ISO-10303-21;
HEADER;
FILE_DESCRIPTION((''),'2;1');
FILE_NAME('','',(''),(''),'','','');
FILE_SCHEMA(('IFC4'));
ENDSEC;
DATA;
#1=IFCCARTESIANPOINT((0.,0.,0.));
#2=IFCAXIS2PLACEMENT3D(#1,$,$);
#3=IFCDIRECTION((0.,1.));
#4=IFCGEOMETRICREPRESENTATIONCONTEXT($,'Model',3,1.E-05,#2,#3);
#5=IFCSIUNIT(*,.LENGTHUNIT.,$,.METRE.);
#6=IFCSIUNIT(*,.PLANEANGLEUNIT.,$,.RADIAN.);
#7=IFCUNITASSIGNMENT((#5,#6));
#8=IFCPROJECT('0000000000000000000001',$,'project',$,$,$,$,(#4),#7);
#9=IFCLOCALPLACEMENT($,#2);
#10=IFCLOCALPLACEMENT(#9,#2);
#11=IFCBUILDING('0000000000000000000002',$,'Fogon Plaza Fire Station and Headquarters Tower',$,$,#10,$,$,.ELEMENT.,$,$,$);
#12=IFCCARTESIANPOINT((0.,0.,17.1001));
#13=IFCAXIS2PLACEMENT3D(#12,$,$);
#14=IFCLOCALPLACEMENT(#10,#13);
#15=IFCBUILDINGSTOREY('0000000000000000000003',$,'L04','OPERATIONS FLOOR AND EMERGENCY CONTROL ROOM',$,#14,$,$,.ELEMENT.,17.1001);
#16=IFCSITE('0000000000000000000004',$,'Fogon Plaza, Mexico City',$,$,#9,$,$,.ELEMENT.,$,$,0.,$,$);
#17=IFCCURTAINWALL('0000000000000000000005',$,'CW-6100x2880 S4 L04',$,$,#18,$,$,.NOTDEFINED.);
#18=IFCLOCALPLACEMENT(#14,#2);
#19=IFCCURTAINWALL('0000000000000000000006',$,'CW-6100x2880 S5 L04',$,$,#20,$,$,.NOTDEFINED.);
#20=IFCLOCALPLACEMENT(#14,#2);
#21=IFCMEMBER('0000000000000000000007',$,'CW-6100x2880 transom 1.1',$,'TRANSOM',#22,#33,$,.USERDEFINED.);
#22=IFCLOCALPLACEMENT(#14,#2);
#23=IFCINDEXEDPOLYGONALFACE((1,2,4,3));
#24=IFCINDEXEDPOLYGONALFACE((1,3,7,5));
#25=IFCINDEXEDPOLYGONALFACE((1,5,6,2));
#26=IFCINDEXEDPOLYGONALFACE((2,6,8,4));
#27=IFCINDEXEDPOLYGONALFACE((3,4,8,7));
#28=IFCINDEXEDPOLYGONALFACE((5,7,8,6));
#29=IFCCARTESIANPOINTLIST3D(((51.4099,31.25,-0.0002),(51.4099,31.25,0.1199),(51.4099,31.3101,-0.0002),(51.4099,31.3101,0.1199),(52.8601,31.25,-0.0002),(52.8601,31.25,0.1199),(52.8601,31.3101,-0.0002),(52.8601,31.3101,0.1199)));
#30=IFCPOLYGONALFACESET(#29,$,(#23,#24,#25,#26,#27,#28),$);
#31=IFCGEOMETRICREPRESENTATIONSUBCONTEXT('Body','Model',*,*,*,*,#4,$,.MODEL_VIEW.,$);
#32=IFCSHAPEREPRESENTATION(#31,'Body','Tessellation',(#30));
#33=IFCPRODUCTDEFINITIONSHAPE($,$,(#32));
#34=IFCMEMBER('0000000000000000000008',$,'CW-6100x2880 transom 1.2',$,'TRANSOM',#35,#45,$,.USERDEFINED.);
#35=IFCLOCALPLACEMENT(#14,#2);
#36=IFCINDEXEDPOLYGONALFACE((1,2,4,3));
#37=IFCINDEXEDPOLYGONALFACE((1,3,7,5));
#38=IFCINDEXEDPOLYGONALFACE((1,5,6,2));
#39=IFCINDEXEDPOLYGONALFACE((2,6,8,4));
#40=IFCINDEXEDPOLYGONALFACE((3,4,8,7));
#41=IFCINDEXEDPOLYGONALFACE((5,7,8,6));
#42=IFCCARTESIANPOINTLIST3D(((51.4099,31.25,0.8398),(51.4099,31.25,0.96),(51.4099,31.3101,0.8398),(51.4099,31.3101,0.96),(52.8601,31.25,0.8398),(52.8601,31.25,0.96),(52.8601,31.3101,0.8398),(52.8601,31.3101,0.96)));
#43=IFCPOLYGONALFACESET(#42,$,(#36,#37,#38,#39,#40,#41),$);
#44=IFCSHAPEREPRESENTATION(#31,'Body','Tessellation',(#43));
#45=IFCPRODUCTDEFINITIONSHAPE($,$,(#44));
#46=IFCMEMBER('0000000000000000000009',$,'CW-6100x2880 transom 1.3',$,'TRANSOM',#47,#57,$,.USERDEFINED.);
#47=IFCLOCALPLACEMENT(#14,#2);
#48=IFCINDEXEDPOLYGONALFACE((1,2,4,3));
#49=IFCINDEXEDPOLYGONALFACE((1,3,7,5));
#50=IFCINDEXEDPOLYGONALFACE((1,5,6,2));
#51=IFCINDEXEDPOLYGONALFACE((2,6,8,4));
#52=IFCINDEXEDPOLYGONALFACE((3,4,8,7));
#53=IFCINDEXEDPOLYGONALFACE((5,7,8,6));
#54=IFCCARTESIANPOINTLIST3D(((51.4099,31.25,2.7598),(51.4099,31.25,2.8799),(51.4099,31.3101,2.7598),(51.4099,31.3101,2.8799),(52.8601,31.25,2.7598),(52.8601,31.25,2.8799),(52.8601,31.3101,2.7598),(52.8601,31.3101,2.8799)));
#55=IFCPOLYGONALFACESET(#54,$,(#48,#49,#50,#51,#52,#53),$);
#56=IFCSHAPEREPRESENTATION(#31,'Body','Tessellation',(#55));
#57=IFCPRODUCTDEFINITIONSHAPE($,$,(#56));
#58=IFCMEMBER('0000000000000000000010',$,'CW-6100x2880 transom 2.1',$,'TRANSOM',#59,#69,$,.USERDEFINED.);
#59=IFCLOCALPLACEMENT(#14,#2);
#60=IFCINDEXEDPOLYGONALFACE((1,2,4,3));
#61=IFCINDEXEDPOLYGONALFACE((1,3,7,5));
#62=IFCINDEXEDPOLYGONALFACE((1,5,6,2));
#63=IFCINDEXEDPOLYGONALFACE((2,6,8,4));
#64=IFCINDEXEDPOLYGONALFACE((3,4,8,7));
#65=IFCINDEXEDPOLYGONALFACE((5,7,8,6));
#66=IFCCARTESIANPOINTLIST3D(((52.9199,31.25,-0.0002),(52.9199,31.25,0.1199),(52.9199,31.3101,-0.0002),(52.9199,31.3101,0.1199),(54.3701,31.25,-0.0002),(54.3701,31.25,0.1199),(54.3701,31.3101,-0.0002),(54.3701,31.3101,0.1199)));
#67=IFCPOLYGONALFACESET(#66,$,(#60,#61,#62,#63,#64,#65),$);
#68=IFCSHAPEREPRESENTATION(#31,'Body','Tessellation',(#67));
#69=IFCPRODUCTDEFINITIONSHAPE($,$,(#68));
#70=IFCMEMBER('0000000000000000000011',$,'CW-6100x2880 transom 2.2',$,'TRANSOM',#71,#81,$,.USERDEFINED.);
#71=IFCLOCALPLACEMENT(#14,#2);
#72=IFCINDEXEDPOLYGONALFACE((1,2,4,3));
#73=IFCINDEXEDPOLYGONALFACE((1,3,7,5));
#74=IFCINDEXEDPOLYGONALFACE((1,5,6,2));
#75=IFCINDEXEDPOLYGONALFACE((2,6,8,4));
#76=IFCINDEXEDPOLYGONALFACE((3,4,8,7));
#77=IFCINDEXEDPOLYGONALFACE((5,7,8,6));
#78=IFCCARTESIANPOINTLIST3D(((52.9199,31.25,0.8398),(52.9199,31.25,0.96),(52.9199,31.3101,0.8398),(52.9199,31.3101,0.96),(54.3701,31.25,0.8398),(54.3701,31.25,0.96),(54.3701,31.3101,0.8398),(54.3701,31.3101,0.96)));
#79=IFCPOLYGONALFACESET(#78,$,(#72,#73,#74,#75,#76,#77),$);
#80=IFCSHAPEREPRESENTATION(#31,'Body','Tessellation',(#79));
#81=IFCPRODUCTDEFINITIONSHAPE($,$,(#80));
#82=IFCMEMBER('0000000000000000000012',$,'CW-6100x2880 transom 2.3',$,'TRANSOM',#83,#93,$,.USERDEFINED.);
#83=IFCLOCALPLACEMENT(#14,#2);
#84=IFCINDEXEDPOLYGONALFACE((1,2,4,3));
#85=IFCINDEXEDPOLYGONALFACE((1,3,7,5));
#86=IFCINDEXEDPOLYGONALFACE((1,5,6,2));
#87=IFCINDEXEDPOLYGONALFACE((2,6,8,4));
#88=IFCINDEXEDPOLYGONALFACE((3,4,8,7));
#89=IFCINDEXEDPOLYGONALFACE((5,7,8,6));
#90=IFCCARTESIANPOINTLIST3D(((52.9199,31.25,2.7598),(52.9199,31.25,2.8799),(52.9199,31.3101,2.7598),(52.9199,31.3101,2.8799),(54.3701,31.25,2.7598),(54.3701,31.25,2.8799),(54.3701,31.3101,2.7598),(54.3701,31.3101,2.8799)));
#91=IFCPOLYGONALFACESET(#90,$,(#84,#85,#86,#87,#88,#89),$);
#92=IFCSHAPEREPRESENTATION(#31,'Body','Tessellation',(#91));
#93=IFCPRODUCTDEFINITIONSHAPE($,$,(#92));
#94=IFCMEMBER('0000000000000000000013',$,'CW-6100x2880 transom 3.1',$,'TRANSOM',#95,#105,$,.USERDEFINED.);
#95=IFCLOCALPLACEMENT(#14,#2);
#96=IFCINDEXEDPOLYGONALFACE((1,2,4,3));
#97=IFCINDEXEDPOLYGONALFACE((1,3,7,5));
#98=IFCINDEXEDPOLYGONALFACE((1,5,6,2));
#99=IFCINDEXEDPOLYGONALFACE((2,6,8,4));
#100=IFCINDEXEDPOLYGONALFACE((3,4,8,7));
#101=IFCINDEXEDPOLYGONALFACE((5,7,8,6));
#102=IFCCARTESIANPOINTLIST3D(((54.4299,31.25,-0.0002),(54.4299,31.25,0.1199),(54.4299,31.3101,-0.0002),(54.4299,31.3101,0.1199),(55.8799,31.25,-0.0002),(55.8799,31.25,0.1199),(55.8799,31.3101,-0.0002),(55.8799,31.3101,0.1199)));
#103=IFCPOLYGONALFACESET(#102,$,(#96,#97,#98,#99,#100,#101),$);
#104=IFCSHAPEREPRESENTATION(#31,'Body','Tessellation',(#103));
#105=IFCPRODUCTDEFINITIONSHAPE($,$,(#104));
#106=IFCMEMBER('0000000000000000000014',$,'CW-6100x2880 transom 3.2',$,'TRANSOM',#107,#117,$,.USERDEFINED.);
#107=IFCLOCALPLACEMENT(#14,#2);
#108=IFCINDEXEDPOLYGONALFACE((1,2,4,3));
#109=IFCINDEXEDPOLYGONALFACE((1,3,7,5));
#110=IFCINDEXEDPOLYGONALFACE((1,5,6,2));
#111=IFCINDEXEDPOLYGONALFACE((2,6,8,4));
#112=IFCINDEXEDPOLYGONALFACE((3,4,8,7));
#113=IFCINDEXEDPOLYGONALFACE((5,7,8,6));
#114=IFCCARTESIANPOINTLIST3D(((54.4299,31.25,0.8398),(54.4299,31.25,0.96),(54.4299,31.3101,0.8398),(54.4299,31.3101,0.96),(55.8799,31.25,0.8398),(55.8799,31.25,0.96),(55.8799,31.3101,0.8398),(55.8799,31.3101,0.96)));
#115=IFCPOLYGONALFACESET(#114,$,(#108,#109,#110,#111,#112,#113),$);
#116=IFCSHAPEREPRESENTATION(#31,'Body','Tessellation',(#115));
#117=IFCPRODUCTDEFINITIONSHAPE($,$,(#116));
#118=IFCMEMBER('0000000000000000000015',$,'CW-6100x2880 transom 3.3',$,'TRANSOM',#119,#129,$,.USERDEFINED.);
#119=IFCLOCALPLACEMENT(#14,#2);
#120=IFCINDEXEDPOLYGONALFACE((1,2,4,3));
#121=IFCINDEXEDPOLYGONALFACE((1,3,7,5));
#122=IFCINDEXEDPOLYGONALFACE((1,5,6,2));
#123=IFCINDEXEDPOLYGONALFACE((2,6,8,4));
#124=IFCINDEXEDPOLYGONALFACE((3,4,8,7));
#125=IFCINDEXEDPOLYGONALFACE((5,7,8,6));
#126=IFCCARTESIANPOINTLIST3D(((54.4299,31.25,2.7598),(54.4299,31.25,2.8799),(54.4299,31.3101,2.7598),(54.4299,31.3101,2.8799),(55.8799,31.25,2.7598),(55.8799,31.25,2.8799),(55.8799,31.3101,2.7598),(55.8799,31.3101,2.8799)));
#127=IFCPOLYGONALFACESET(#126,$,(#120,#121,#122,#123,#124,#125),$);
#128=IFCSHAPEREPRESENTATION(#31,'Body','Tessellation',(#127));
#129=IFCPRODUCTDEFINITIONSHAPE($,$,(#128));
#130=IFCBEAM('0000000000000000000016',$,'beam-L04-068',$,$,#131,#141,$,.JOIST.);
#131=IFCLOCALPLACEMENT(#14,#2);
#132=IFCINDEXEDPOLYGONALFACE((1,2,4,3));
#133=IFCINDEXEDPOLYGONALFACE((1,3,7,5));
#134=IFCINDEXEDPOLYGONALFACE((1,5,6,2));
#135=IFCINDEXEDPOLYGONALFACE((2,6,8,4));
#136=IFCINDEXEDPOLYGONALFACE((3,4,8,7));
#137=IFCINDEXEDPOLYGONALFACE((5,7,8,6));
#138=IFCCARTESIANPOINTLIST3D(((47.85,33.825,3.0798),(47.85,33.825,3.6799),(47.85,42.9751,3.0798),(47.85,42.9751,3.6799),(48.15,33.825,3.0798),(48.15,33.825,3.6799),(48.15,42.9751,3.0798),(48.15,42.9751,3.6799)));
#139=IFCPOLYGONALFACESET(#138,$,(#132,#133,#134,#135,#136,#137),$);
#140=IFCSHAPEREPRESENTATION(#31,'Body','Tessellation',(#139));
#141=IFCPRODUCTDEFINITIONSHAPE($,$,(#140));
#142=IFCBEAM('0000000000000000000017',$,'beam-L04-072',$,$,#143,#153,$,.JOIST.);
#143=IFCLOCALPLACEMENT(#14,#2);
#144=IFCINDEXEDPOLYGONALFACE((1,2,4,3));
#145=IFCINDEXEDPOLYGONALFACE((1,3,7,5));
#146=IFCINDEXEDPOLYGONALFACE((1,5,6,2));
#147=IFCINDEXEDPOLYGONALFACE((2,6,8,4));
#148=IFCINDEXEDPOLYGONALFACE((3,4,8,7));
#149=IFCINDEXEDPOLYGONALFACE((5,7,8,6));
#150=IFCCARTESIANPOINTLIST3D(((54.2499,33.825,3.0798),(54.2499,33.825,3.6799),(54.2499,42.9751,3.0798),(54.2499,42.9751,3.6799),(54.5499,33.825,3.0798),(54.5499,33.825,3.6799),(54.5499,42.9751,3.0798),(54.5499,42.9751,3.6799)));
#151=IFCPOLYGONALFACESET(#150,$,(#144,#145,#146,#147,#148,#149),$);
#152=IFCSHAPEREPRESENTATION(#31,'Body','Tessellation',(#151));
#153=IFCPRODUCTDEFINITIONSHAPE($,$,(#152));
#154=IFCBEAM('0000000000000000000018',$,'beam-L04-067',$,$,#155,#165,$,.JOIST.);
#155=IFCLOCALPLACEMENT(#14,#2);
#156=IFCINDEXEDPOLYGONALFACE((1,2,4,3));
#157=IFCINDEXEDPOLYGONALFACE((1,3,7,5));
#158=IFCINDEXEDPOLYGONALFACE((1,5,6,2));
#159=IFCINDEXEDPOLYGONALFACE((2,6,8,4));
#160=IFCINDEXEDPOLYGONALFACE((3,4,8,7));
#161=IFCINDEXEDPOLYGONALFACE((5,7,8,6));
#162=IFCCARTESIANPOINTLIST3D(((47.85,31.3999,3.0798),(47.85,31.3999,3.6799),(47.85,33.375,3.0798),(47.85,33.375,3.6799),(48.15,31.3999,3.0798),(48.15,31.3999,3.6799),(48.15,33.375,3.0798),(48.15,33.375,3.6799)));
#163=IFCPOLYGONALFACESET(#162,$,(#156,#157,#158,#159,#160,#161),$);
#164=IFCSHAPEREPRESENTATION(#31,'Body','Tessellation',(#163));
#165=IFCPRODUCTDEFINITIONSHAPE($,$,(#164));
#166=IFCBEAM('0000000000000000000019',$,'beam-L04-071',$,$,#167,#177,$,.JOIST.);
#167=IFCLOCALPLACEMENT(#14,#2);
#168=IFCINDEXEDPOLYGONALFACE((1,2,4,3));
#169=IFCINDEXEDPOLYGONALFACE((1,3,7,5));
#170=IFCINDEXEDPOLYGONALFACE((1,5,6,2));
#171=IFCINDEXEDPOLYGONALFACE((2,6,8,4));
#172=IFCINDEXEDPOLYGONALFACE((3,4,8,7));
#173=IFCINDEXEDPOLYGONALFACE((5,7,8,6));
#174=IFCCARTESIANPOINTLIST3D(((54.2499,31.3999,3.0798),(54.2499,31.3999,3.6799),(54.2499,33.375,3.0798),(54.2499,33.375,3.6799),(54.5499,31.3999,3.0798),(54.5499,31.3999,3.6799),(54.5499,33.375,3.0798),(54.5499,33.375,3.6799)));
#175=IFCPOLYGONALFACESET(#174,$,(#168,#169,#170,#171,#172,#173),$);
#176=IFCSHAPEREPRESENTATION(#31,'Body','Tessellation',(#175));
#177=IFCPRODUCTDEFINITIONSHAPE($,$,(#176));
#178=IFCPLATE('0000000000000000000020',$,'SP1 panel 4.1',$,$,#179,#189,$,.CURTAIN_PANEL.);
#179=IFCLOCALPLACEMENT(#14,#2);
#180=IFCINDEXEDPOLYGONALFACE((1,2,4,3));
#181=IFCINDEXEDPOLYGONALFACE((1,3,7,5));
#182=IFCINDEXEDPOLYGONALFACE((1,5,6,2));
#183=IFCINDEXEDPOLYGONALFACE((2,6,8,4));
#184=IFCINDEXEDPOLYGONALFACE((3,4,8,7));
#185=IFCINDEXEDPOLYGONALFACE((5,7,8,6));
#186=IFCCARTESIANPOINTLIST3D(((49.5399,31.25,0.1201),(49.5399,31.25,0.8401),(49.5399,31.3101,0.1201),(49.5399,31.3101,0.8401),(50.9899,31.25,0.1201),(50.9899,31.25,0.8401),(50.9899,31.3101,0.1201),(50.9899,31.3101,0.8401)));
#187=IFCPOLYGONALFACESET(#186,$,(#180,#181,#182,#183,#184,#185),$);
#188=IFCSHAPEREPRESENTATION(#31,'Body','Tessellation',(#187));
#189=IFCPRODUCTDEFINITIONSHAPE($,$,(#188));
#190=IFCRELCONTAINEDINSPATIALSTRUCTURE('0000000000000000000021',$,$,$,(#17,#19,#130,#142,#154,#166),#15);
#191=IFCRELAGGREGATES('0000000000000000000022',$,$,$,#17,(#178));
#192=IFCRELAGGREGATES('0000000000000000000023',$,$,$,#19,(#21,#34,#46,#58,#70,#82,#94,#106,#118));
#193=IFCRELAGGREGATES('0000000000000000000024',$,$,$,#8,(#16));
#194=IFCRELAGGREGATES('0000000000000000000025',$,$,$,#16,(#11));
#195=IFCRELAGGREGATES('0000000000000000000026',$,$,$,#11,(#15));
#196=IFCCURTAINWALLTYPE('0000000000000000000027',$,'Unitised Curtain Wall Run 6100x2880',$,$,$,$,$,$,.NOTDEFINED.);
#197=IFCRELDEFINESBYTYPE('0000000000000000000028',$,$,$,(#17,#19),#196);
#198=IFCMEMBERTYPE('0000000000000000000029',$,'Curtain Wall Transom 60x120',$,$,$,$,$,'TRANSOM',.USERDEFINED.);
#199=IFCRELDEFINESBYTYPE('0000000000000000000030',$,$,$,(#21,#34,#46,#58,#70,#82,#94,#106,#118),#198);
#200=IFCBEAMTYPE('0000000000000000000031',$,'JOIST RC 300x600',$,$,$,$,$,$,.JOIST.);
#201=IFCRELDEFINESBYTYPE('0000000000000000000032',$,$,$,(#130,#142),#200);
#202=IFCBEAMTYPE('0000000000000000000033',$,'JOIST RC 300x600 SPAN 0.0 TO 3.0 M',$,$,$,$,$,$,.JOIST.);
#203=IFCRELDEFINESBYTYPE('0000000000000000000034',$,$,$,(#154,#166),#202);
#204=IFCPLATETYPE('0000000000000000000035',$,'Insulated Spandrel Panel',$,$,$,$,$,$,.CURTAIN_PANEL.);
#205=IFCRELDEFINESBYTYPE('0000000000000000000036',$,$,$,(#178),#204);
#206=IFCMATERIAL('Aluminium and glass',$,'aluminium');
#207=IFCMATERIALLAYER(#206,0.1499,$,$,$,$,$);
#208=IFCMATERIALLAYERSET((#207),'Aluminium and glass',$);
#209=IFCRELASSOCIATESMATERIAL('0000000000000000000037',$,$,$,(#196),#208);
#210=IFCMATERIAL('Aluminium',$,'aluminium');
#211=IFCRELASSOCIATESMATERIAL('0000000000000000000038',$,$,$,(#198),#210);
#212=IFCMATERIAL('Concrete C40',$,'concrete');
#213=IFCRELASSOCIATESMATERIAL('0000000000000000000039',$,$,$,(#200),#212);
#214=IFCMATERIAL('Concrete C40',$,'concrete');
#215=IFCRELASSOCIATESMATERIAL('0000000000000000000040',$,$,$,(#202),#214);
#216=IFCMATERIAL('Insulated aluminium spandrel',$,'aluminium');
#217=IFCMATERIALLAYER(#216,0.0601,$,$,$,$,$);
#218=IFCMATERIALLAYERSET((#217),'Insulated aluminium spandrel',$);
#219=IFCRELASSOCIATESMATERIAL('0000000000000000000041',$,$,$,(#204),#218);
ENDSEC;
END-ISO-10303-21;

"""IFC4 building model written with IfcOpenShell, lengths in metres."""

from ifc_helpers import new_model, si_unit, direction, frame, origin, origin_2d, place, context, subcontext, project, spatial, rectangle, extrude, material, layer, layer_set, material_profile, profile_set, type_object, element, aggregate, save


model = new_model("IFC4")

# Units and contexts
model_context = context("Model", 3, precision=1e-05, world=origin(), true_north=direction((0.0, 1.0)))
body_context = subcontext(model_context, "Body", "Model", "MODEL_VIEW")
ifc_project = project(units=[si_unit("LENGTHUNIT", "METRE"), si_unit("PLANEANGLEUNIT", "RADIAN")], contexts=[model_context])

# Site, building, storey
site_placement = place(None, origin())
site = spatial("IfcSite", under=ifc_project, at=site_placement, Name="Fogon Plaza, Mexico City", CompositionType="ELEMENT", RefElevation=0.0)
building_placement = place(site_placement, origin())
building = spatial("IfcBuilding", under=site, at=building_placement, Name="Fogon Plaza Fire Station and Headquarters Tower", CompositionType="ELEMENT")
storey_placement = place(building_placement, frame((0.0, 0.0, 17.1001)))
storey = spatial("IfcBuildingStorey", under=building, at=storey_placement, Name="L04", Description="OPERATIONS FLOOR AND EMERGENCY CONTROL ROOM", CompositionType="ELEMENT", Elevation=17.1001)

# Curtain walls
ifc_material_1 = material(Name="Aluminium and glass", Category="aluminium")
ifc_layer_1 = layer(ifc_material_1, 0.1499)
ifc_layer_set_1 = layer_set([ifc_layer_1], Name="Aluminium and glass")
curtain_wall_type = type_object("IfcCurtainWallType", Name="Unitised Curtain Wall Run 6100x2880", PredefinedType="NOTDEFINED", material=ifc_layer_set_1)
curtain_wall_1_placement = place(storey_placement, origin())
curtain_wall_1 = element("IfcCurtainWall", 1, at=curtain_wall_1_placement, inside=storey, type_object=curtain_wall_type, Name="CW-6100x2880 S4 L04", PredefinedType="NOTDEFINED")
curtain_wall_2_placement = place(storey_placement, origin())
curtain_wall_2 = element("IfcCurtainWall", 2, at=curtain_wall_2_placement, inside=storey, type_object=curtain_wall_type, Name="CW-6100x2880 S5 L04", PredefinedType="NOTDEFINED")

# Members
ifc_material_2 = material(Name="Aluminium", Category="aluminium")
ifc_material_profile_1 = material_profile(ifc_material_2, rectangle(XDim=0.0601, YDim=0.1201, at=origin_2d()), Name="Curtain Wall Transom 60x120")
ifc_profile_set_1 = profile_set([ifc_material_profile_1], Name="Aluminium")
member_type_1 = type_object("IfcMemberType", Name="Curtain Wall Transom 60x120", ElementType="TRANSOM", PredefinedType="USERDEFINED", material=ifc_profile_set_1)
member_1_placement = place(storey_placement, frame((51.4099, 31.28, 0.0598), z_axis=(1.0, 0.0, 0.0), x_axis=(0.0, 1.0, 0.0)))
member_1 = element("IfcMember", 3, at=member_1_placement, type_object=member_type_1, Name="CW-6100x2880 transom 1.1", ObjectType="TRANSOM", PredefinedType="USERDEFINED", context=body_context, shape_type="SweptSolid", body=[
    extrude(rectangle(XDim=0.0601, YDim=0.1201, at=origin_2d()), origin(), (0.0, 0.0, 1.0), 1.4502),
])
member_2_placement = place(storey_placement, frame((51.4099, 31.28, 0.8999), z_axis=(1.0, 0.0, 0.0), x_axis=(0.0, 1.0, 0.0)))
member_2 = element("IfcMember", 4, at=member_2_placement, type_object=member_type_1, Name="CW-6100x2880 transom 1.2", ObjectType="TRANSOM", PredefinedType="USERDEFINED", context=body_context, shape_type="SweptSolid", body=[
    extrude(rectangle(XDim=0.0601, YDim=0.1201, at=origin_2d()), origin(), (0.0, 0.0, 1.0), 1.4502),
])
member_3_placement = place(storey_placement, frame((51.4099, 31.28, 2.8198), z_axis=(1.0, 0.0, 0.0), x_axis=(0.0, 1.0, 0.0)))
member_3 = element("IfcMember", 5, at=member_3_placement, type_object=member_type_1, Name="CW-6100x2880 transom 1.3", ObjectType="TRANSOM", PredefinedType="USERDEFINED", context=body_context, shape_type="SweptSolid", body=[
    extrude(rectangle(XDim=0.0601, YDim=0.1201, at=origin_2d()), origin(), (0.0, 0.0, 1.0), 1.4502),
])
member_4_placement = place(storey_placement, frame((52.9199, 31.28, 0.0598), z_axis=(1.0, 0.0, 0.0), x_axis=(0.0, 1.0, 0.0)))
member_4 = element("IfcMember", 6, at=member_4_placement, type_object=member_type_1, Name="CW-6100x2880 transom 2.1", ObjectType="TRANSOM", PredefinedType="USERDEFINED", context=body_context, shape_type="SweptSolid", body=[
    extrude(rectangle(XDim=0.0601, YDim=0.1201, at=origin_2d()), origin(), (0.0, 0.0, 1.0), 1.4502),
])
member_5_placement = place(storey_placement, frame((52.9199, 31.28, 0.8999), z_axis=(1.0, 0.0, 0.0), x_axis=(0.0, 1.0, 0.0)))
member_5 = element("IfcMember", 7, at=member_5_placement, type_object=member_type_1, Name="CW-6100x2880 transom 2.2", ObjectType="TRANSOM", PredefinedType="USERDEFINED", context=body_context, shape_type="SweptSolid", body=[
    extrude(rectangle(XDim=0.0601, YDim=0.1201, at=origin_2d()), origin(), (0.0, 0.0, 1.0), 1.4502),
])
member_6_placement = place(storey_placement, frame((52.9199, 31.28, 2.8198), z_axis=(1.0, 0.0, 0.0), x_axis=(0.0, 1.0, 0.0)))
member_6 = element("IfcMember", 8, at=member_6_placement, type_object=member_type_1, Name="CW-6100x2880 transom 2.3", ObjectType="TRANSOM", PredefinedType="USERDEFINED", context=body_context, shape_type="SweptSolid", body=[
    extrude(rectangle(XDim=0.0601, YDim=0.1201, at=origin_2d()), origin(), (0.0, 0.0, 1.0), 1.4502),
])
member_7_placement = place(storey_placement, frame((54.4299, 31.28, 0.0598), z_axis=(1.0, 0.0, 0.0), x_axis=(0.0, 1.0, 0.0)))
member_7 = element("IfcMember", 9, at=member_7_placement, type_object=member_type_1, Name="CW-6100x2880 transom 3.1", ObjectType="TRANSOM", PredefinedType="USERDEFINED", context=body_context, shape_type="SweptSolid", body=[
    extrude(rectangle(XDim=0.0601, YDim=0.1201, at=origin_2d()), origin(), (0.0, 0.0, 1.0), 1.45),
])
member_8_placement = place(storey_placement, frame((54.4299, 31.28, 0.8999), z_axis=(1.0, 0.0, 0.0), x_axis=(0.0, 1.0, 0.0)))
member_8 = element("IfcMember", 10, at=member_8_placement, type_object=member_type_1, Name="CW-6100x2880 transom 3.2", ObjectType="TRANSOM", PredefinedType="USERDEFINED", context=body_context, shape_type="SweptSolid", body=[
    extrude(rectangle(XDim=0.0601, YDim=0.1201, at=origin_2d()), origin(), (0.0, 0.0, 1.0), 1.45),
])
member_9_placement = place(storey_placement, frame((54.4299, 31.28, 2.8198), z_axis=(1.0, 0.0, 0.0), x_axis=(0.0, 1.0, 0.0)))
member_9 = element("IfcMember", 11, at=member_9_placement, type_object=member_type_1, Name="CW-6100x2880 transom 3.3", ObjectType="TRANSOM", PredefinedType="USERDEFINED", context=body_context, shape_type="SweptSolid", body=[
    extrude(rectangle(XDim=0.0601, YDim=0.1201, at=origin_2d()), origin(), (0.0, 0.0, 1.0), 1.45),
])

# Beams
ifc_material_3 = material(Name="Concrete C40", Category="concrete")
ifc_material_profile_2 = material_profile(ifc_material_3, rectangle(XDim=0.3, YDim=0.6001, at=origin_2d()), Name="RC 300x600")
ifc_profile_set_2 = profile_set([ifc_material_profile_2], Name="Concrete C40")
beam_type_1 = type_object("IfcBeamType", Name="JOIST RC 300x600", PredefinedType="JOIST", material=ifc_profile_set_2)
for number, where, z_axis, x_axis, name in (
    (12, (48.0, 33.825, 3.3799), (0.0, 1.0, 0.0), (-1.0, 0.0, 0.0), "beam-L04-068"),
    (13, (54.3999, 33.825, 3.3799), (0.0, 1.0, 0.0), (-1.0, 0.0, 0.0), "beam-L04-072"),
):
    element("IfcBeam", number, at=place(storey_placement, frame(where, z_axis=z_axis, x_axis=x_axis)), inside=storey, type_object=beam_type_1, Name=name, PredefinedType="JOIST", context=body_context, shape_type="SweptSolid", body=[
        extrude(rectangle(XDim=0.3, YDim=0.6001, at=origin_2d()), origin(), (0.0, 0.0, 1.0), 9.1501),
    ])
ifc_material_4 = material(Name="Concrete C40", Category="concrete")
ifc_material_profile_3 = material_profile(ifc_material_4, rectangle(XDim=0.3, YDim=0.6001, at=origin_2d()), Name="RC 300x600")
ifc_profile_set_3 = profile_set([ifc_material_profile_3], Name="Concrete C40")
beam_type_2 = type_object("IfcBeamType", Name="JOIST RC 300x600 SPAN 0.0 TO 3.0 M", PredefinedType="JOIST", material=ifc_profile_set_3)
for number, where, z_axis, x_axis, name in (
    (14, (48.0, 31.3999, 3.3799), (0.0, 1.0, 0.0), (-1.0, 0.0, 0.0), "beam-L04-067"),
    (15, (54.3999, 31.3999, 3.3799), (0.0, 1.0, 0.0), (-1.0, 0.0, 0.0), "beam-L04-071"),
):
    element("IfcBeam", number, at=place(storey_placement, frame(where, z_axis=z_axis, x_axis=x_axis)), inside=storey, type_object=beam_type_2, Name=name, PredefinedType="JOIST", context=body_context, shape_type="SweptSolid", body=[
        extrude(rectangle(XDim=0.3, YDim=0.6001, at=origin_2d()), origin(), (0.0, 0.0, 1.0), 1.9751),
    ])

# Plate
ifc_material_5 = material(Name="Insulated aluminium spandrel", Category="aluminium")
ifc_layer_2 = layer(ifc_material_5, 0.0601)
ifc_layer_set_2 = layer_set([ifc_layer_2], Name="Insulated aluminium spandrel")
plate_type_1 = type_object("IfcPlateType", Name="Insulated Spandrel Panel", PredefinedType="CURTAIN_PANEL", material=ifc_layer_set_2)
plate_1_placement = place(storey_placement, frame((50.2649, 31.28, 0.1201), z_axis=(0.0, 0.0, 1.0), x_axis=(1.0, 0.0, 0.0)))
plate_1 = element("IfcPlate", 16, at=plate_1_placement, type_object=plate_type_1, Name="SP1 panel 4.1", PredefinedType="CURTAIN_PANEL", context=body_context, shape_type="SweptSolid", body=[
    extrude(rectangle(XDim=1.45, YDim=0.0601, at=origin_2d()), origin(), (0.0, 0.0, 1.0), 0.72),
])
aggregate(curtain_wall_1, [plate_1])
aggregate(curtain_wall_2, [member_1, member_2, member_3, member_4, member_5, member_6, member_7, member_8, member_9])

save(model, "model.ifc")
